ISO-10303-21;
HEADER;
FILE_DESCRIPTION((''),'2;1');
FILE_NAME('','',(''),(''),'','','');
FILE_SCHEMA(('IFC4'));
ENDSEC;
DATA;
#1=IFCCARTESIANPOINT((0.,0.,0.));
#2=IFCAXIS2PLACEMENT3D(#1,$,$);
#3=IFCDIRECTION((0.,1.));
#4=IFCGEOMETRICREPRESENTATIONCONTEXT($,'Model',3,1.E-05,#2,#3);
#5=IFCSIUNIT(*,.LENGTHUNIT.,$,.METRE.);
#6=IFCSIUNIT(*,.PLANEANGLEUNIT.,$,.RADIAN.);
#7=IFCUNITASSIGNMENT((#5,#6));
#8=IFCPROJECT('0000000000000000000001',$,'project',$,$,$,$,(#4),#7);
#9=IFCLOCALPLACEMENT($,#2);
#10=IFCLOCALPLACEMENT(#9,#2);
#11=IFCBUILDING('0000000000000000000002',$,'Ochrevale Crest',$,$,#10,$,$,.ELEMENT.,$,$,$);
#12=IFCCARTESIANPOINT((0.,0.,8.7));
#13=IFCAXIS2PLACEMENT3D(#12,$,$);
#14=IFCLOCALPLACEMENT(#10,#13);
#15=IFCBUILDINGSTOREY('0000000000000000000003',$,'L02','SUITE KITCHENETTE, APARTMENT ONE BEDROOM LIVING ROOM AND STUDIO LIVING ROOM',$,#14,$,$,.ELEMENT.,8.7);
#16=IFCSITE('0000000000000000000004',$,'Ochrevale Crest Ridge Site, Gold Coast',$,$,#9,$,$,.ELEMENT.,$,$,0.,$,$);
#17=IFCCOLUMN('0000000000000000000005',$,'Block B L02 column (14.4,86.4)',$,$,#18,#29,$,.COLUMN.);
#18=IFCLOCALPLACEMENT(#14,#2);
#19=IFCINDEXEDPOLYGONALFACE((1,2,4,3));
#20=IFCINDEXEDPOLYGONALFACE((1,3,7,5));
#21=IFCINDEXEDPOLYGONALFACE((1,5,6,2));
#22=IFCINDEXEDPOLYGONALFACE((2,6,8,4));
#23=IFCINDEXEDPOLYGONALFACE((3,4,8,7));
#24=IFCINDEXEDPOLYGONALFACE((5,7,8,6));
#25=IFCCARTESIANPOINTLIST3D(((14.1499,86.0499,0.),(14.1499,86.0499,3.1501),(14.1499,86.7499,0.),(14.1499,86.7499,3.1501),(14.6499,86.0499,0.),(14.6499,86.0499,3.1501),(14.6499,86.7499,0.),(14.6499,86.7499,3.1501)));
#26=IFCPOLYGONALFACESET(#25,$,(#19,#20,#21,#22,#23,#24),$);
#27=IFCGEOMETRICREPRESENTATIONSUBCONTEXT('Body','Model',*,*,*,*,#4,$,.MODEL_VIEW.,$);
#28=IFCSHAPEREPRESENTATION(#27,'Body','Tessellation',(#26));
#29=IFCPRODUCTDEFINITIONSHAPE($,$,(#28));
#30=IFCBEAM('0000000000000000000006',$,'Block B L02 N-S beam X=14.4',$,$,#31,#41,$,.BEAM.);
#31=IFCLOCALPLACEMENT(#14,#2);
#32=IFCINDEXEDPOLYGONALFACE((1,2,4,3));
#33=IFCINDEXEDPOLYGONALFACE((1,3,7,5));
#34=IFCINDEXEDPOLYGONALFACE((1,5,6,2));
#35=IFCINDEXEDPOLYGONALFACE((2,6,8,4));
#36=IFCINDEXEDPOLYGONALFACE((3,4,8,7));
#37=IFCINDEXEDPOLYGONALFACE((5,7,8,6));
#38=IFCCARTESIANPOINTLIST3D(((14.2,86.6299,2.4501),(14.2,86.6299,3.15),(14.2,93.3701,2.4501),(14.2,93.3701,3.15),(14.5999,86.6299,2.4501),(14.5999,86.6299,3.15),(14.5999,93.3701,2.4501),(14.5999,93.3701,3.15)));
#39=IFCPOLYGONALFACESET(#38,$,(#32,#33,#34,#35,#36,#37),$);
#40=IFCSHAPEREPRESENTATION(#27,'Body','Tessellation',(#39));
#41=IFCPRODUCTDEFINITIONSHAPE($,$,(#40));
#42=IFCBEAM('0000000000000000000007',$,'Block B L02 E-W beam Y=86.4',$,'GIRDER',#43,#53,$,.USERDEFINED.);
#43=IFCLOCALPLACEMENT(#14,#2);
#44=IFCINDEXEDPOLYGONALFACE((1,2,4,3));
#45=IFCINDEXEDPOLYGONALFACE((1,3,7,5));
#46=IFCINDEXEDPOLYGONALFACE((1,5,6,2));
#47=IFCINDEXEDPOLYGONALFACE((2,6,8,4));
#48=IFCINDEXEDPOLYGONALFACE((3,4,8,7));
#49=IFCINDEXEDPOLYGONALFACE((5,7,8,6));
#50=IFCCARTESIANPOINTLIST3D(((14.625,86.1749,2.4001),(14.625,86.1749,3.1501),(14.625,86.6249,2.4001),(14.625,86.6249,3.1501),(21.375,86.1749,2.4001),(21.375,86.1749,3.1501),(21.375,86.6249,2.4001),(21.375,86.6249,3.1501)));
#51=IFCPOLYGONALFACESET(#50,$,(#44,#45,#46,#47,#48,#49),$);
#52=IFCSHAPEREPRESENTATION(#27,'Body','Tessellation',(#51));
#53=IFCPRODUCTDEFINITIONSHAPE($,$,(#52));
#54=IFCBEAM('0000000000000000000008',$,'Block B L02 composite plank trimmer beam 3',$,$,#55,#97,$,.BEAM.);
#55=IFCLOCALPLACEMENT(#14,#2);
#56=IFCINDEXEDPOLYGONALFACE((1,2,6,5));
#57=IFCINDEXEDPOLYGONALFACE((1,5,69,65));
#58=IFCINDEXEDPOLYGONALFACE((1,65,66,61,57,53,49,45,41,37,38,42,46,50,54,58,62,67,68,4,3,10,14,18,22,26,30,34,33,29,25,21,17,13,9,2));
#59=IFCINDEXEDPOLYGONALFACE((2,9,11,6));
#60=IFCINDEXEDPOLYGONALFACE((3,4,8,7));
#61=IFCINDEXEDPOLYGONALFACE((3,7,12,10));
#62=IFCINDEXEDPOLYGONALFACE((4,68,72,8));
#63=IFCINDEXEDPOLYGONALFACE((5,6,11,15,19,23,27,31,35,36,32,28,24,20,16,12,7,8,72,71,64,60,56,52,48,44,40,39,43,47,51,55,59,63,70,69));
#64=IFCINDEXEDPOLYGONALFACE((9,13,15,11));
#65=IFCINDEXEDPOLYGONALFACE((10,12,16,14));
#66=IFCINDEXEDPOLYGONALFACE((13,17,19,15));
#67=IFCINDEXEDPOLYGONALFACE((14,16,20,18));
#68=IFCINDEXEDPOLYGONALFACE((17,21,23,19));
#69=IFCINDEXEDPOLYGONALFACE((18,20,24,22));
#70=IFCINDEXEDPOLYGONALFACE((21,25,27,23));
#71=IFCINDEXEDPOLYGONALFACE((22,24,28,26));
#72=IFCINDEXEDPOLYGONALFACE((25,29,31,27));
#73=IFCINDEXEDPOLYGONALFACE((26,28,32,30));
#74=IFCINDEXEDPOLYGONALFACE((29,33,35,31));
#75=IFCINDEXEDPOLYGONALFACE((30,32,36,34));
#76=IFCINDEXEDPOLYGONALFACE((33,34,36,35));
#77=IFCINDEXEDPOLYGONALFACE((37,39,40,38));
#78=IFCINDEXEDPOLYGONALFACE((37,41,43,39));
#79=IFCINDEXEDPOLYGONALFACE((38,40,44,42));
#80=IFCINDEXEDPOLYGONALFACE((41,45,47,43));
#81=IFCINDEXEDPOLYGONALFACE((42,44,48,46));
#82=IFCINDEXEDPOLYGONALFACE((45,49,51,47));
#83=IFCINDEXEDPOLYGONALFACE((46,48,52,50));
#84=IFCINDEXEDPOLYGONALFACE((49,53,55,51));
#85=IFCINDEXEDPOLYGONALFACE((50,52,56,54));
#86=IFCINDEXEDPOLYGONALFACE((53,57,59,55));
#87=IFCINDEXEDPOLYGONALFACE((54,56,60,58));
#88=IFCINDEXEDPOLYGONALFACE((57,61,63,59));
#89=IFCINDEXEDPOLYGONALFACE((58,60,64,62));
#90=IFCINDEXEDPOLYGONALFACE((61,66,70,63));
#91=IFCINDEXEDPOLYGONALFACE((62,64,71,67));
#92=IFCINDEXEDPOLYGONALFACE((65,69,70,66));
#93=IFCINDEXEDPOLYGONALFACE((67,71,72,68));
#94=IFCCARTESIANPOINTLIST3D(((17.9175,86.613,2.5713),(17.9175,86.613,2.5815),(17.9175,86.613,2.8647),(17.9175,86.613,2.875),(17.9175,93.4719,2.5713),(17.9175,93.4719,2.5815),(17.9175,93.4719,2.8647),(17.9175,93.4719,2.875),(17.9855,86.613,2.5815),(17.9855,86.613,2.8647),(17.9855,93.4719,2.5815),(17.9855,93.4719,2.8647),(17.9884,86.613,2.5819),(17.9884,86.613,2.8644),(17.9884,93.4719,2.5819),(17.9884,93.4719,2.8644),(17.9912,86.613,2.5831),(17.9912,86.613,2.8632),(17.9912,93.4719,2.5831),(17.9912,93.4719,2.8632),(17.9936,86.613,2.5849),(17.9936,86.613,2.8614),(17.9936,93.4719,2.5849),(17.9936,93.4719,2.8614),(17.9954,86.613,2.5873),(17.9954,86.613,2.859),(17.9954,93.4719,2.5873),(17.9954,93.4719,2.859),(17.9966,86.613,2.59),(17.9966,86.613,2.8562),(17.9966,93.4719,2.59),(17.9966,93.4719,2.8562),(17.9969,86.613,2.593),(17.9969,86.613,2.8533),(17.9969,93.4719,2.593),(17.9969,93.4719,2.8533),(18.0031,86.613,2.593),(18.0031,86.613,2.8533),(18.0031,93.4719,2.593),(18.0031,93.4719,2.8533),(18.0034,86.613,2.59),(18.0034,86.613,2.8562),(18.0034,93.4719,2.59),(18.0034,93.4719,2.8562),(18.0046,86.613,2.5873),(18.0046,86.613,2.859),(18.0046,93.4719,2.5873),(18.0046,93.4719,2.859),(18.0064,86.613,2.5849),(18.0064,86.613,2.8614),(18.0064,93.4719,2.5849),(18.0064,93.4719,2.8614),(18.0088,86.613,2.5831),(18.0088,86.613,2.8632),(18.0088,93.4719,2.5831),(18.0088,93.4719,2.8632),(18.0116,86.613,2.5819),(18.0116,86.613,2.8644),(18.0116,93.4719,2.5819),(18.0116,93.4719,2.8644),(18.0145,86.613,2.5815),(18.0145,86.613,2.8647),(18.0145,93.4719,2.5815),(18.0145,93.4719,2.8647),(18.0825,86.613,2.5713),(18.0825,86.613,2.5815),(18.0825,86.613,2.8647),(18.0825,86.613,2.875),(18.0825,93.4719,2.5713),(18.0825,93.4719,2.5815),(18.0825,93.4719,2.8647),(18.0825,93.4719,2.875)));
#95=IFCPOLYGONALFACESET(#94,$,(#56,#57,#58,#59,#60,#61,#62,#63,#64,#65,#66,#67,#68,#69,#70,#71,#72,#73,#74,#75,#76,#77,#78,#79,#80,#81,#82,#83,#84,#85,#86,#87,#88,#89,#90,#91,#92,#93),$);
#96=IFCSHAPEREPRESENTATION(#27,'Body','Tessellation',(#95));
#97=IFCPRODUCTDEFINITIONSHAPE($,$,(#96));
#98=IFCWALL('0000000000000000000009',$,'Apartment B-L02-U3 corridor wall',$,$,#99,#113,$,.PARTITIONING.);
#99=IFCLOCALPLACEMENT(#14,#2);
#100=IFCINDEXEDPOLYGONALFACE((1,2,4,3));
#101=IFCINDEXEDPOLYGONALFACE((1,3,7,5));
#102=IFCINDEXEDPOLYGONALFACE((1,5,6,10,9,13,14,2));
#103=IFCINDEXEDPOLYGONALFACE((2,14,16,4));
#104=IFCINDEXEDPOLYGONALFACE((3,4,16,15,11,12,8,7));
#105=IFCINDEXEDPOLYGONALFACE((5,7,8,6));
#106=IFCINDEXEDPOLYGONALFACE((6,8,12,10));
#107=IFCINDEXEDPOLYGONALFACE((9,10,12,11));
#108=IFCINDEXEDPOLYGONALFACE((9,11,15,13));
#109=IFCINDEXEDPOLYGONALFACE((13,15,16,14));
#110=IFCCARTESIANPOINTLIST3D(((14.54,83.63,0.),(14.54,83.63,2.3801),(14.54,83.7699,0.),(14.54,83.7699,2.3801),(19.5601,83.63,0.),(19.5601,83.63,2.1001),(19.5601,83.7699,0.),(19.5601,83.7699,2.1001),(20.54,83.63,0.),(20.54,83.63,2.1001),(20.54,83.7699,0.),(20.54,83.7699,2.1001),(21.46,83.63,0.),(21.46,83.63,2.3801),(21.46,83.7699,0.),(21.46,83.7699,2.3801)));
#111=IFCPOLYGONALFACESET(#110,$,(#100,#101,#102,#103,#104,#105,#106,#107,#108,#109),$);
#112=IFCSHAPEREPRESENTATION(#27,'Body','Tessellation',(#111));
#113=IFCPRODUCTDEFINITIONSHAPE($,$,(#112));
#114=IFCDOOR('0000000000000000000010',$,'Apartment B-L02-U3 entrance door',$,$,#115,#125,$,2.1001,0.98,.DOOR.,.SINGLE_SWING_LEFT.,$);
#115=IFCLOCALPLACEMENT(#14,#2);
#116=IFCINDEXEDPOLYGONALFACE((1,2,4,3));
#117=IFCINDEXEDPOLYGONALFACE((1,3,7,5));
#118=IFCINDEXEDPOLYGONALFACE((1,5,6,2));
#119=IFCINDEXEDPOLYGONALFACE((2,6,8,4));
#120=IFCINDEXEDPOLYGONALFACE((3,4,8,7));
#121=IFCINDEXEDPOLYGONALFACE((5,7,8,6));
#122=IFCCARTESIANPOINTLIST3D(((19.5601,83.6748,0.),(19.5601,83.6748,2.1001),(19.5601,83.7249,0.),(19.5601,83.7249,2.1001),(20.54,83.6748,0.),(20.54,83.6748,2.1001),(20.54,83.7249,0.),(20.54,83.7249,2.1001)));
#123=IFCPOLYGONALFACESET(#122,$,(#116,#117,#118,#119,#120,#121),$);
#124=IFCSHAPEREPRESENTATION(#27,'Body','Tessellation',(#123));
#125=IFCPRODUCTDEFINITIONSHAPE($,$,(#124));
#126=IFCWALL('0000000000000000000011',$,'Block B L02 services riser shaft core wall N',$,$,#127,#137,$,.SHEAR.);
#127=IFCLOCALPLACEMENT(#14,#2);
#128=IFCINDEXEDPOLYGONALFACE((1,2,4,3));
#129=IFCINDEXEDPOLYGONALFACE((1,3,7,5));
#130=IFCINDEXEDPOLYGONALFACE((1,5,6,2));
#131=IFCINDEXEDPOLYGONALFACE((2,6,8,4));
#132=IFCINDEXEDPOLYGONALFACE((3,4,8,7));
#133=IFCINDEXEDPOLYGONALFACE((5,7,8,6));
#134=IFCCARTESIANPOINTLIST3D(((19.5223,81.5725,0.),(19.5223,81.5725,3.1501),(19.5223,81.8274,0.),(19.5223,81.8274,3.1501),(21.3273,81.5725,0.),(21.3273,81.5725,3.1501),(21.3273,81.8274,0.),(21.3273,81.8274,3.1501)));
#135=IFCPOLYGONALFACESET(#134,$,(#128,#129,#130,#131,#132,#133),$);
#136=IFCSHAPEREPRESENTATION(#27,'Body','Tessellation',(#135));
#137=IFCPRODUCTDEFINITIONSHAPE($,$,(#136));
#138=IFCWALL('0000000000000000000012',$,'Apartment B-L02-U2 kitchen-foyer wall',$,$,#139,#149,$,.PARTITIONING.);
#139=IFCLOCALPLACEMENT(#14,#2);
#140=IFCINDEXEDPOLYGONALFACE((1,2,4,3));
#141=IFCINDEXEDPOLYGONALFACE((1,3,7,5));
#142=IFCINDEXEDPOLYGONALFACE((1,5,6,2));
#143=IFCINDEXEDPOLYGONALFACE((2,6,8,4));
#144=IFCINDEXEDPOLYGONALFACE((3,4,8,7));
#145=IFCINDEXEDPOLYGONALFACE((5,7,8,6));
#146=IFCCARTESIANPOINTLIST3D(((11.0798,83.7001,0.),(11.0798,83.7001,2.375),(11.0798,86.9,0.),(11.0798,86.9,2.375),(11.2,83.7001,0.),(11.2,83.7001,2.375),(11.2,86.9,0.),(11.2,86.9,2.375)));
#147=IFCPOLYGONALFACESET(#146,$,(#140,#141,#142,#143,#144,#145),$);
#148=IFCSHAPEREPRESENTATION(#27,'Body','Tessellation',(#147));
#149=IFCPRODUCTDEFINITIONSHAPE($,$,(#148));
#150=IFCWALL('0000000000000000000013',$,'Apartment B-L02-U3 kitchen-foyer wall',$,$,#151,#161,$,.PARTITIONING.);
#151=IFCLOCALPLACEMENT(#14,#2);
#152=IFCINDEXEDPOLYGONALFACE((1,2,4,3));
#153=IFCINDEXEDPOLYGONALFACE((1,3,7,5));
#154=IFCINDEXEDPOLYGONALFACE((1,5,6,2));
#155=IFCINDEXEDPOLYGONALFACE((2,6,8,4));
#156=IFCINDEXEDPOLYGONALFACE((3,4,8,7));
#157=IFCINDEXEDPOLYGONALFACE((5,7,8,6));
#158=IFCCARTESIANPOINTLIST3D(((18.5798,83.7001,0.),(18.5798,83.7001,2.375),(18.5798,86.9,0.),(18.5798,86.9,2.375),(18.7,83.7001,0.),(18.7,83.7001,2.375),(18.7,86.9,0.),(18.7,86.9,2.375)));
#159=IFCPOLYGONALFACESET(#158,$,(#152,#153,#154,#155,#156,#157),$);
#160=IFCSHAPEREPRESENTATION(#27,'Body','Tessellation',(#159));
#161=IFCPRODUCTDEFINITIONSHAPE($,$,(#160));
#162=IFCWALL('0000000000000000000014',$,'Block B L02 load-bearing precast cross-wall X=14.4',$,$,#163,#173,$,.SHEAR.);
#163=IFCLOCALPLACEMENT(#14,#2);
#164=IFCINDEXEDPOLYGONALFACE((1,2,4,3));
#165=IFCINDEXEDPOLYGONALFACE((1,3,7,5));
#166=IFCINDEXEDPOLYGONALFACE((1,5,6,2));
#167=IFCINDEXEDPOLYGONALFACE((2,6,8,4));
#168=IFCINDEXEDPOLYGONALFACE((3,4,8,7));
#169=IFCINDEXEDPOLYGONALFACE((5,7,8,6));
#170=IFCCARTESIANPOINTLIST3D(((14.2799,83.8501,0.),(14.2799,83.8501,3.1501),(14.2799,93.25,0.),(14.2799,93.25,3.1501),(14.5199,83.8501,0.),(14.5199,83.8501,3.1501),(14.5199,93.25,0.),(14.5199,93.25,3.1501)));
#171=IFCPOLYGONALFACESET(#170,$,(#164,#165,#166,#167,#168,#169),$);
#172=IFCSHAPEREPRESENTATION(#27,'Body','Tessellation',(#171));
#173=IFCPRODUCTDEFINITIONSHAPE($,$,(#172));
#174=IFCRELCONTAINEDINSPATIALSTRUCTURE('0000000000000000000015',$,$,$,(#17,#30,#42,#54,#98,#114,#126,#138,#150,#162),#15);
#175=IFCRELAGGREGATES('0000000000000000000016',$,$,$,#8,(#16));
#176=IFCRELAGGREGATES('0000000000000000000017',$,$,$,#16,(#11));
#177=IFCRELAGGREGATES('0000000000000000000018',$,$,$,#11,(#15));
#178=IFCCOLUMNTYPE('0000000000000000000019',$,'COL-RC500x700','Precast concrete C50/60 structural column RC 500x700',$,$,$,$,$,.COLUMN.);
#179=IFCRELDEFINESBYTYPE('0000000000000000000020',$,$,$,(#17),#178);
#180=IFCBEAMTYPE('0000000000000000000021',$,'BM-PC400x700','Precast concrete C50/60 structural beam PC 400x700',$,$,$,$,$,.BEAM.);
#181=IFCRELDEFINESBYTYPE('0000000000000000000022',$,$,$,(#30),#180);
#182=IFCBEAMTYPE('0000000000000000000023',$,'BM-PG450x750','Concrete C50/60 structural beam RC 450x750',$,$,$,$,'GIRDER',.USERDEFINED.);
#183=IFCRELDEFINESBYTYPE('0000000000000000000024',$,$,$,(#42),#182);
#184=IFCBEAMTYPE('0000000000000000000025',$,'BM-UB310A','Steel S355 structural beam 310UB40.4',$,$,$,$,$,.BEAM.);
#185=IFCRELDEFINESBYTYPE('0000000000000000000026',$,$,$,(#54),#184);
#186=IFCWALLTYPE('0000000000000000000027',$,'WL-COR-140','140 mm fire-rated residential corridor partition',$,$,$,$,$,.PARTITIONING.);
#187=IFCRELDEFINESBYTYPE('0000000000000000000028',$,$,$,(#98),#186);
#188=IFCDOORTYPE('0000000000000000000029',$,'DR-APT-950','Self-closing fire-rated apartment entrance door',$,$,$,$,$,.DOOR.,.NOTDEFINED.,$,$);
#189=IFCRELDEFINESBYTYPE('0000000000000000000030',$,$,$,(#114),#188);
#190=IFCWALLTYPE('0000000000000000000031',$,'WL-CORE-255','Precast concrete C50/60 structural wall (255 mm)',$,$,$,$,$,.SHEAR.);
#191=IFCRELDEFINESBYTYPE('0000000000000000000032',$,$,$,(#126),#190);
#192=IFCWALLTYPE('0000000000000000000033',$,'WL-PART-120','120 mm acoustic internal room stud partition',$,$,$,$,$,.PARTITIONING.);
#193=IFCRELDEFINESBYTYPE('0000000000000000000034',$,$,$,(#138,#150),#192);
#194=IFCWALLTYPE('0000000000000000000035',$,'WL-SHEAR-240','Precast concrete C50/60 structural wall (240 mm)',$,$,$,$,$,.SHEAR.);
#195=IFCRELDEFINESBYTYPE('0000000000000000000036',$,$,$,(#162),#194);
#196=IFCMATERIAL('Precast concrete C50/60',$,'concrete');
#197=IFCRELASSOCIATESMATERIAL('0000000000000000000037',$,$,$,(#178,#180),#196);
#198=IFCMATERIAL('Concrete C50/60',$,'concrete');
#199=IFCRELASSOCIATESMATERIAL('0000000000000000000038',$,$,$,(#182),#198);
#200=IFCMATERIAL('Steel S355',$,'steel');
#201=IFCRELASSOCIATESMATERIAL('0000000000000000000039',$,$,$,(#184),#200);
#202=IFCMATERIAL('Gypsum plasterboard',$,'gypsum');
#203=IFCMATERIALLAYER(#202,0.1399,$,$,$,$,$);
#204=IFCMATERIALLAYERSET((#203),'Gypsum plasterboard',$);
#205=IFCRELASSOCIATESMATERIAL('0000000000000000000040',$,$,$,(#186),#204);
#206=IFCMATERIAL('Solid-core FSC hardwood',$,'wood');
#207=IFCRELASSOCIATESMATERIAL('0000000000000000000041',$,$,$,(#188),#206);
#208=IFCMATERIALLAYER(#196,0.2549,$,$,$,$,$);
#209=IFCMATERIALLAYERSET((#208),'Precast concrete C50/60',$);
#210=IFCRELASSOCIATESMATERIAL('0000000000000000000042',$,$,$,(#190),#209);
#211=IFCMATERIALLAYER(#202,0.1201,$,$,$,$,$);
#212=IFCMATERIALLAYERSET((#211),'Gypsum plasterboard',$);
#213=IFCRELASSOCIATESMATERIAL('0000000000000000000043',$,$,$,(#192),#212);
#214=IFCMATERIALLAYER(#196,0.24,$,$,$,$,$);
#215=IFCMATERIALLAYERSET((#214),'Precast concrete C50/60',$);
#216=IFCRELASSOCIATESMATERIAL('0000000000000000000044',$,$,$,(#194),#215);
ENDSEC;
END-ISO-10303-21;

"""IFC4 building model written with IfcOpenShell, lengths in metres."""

from ifc_helpers import new_model, si_unit, direction, frame, frame_2d, origin, origin_2d, place, context, subcontext, project, spatial, rectangle, i_section, extrude, material, layer, layer_set, material_profile, profile_set, type_object, element, fill, save


model = new_model("IFC4")

# Units and contexts
model_context = context("Model", 3, precision=1e-05, world=origin(), true_north=direction((0.0, 1.0)))
body_context = subcontext(model_context, "Body", "Model", "MODEL_VIEW")
ifc_project = project(units=[si_unit("LENGTHUNIT", "METRE"), si_unit("PLANEANGLEUNIT", "RADIAN")], contexts=[model_context])

# Site, building, storey
site_placement = place(None, origin())
site = spatial("IfcSite", under=ifc_project, at=site_placement, Name="Ochrevale Crest Ridge Site, Gold Coast", CompositionType="ELEMENT", RefElevation=0.0)
building_placement = place(site_placement, origin())
building = spatial("IfcBuilding", under=site, at=building_placement, Name="Ochrevale Crest", CompositionType="ELEMENT")
storey_placement = place(building_placement, frame((0.0, 0.0, 8.7)))
storey = spatial("IfcBuildingStorey", under=building, at=storey_placement, Name="L02", Description="SUITE KITCHENETTE, APARTMENT ONE BEDROOM LIVING ROOM AND STUDIO LIVING ROOM", CompositionType="ELEMENT", Elevation=8.7)

# Column
ifc_material_1 = material(Name="Precast concrete C50/60", Category="concrete")
ifc_material_profile_1 = material_profile(ifc_material_1, rectangle(XDim=0.5, YDim=0.7, at=origin_2d()), Name="RC 500x700")
ifc_profile_set_1 = profile_set([ifc_material_profile_1], Name="Precast concrete C50/60")
column_type = type_object("IfcColumnType", Name="COL-RC500x700", Description="Precast concrete C50/60 structural column RC 500x700", PredefinedType="COLUMN", material=ifc_profile_set_1)
column_placement = place(storey_placement, frame((14.3999, 86.3999, 0.0), z_axis=(0.0, 0.0, 1.0), x_axis=(1.0, 0.0, 0.0)))
element("IfcColumn", 1, at=column_placement, inside=storey, type_object=column_type, Name="Block B L02 column (14.4,86.4)", PredefinedType="COLUMN", context=body_context, shape_type="SweptSolid", body=[
    extrude(rectangle(XDim=0.5, YDim=0.7, at=origin_2d()), origin(), (0.0, 0.0, 1.0), 3.1501),
])

# Beams
ifc_material_profile_2 = material_profile(ifc_material_1, rectangle(XDim=0.3999, YDim=0.7, at=origin_2d()), Name="PC 400x700")
ifc_profile_set_2 = profile_set([ifc_material_profile_2], Name="Precast concrete C50/60")
beam_type_1 = type_object("IfcBeamType", Name="BM-PC400x700", Description="Precast concrete C50/60 structural beam PC 400x700", PredefinedType="BEAM", material=ifc_profile_set_2)
beam_1_placement = place(storey_placement, frame((14.3999, 86.6299, 2.8), z_axis=(0.0, 1.0, 0.0), x_axis=(-1.0, 0.0, 0.0)))
element("IfcBeam", 2, at=beam_1_placement, inside=storey, type_object=beam_type_1, Name="Block B L02 N-S beam X=14.4", PredefinedType="BEAM", context=body_context, shape_type="SweptSolid", body=[
    extrude(rectangle(XDim=0.3999, YDim=0.7, at=origin_2d()), origin(), (0.0, 0.0, 1.0), 6.7402),
])
ifc_material_2 = material(Name="Concrete C50/60", Category="concrete")
ifc_material_profile_3 = material_profile(ifc_material_2, rectangle(XDim=0.45, YDim=0.75, at=origin_2d()), Name="RC 450x750")
ifc_profile_set_3 = profile_set([ifc_material_profile_3], Name="Concrete C50/60")
beam_type_2 = type_object("IfcBeamType", Name="BM-PG450x750", Description="Concrete C50/60 structural beam RC 450x750", ElementType="GIRDER", PredefinedType="USERDEFINED", material=ifc_profile_set_3)
beam_2_placement = place(storey_placement, frame((14.625, 86.3999, 2.7751), z_axis=(1.0, 0.0, 0.0), x_axis=(0.0, 1.0, 0.0)))
element("IfcBeam", 3, at=beam_2_placement, inside=storey, type_object=beam_type_2, Name="Block B L02 E-W beam Y=86.4", ObjectType="GIRDER", PredefinedType="USERDEFINED", context=body_context, shape_type="SweptSolid", body=[
    extrude(rectangle(XDim=0.45, YDim=0.75, at=origin_2d()), origin(), (0.0, 0.0, 1.0), 6.75),
])
ifc_material_3 = material(Name="Steel S355", Category="steel")
ifc_material_profile_4 = material_profile(ifc_material_3, i_section(OverallWidth=0.165, OverallDepth=0.3037, WebThickness=0.0061, FlangeThickness=0.0103, FilletRadius=0.0115, at=origin_2d()), Name="310UB40.4")
ifc_profile_set_4 = profile_set([ifc_material_profile_4], Name="Steel S355")
beam_type_3 = type_object("IfcBeamType", Name="BM-UB310A", Description="Steel S355 structural beam 310UB40.4", PredefinedType="BEAM", material=ifc_profile_set_4)
beam_3_placement = place(storey_placement, frame((18.0, 86.613, 2.7231), z_axis=(0.0, 1.0, 0.0), x_axis=(-1.0, 0.0, 0.0)))
element("IfcBeam", 4, at=beam_3_placement, inside=storey, type_object=beam_type_3, Name="Block B L02 composite plank trimmer beam 3", PredefinedType="BEAM", context=body_context, shape_type="SweptSolid", body=[
    extrude(i_section(OverallWidth=0.165, OverallDepth=0.3037, WebThickness=0.0061, FlangeThickness=0.0103, FilletRadius=0.0115, at=origin_2d()), origin(), (0.0, 0.0, 1.0), 6.8589),
])

# Wall, opening, door
ifc_material_4 = material(Name="Gypsum plasterboard", Category="gypsum")
ifc_layer_1 = layer(ifc_material_4, 0.1399)
ifc_layer_set_1 = layer_set([ifc_layer_1], Name="Gypsum plasterboard")
wall_type_1 = type_object("IfcWallType", Name="WL-COR-140", Description="140 mm fire-rated residential corridor partition", PredefinedType="PARTITIONING", material=ifc_layer_set_1)
wall_1_placement = place(storey_placement, frame((14.54, 83.7, 0.0), z_axis=(0.0, 0.0, 1.0), x_axis=(1.0, 0.0, 0.0)))
wall_1 = element("IfcWall", 5, at=wall_1_placement, inside=storey, type_object=wall_type_1, Name="Apartment B-L02-U3 corridor wall", PredefinedType="PARTITIONING", context=body_context, shape_type="SweptSolid", body=[
    extrude(rectangle(XDim=6.9199, YDim=0.1399, at=frame_2d((3.46, 0.0))), origin(), (0.0, 0.0, 1.0), 2.3801),
])
opening_1_placement = place(wall_1_placement, frame((5.02, 0.0, 0.0)))
opening_1 = element("IfcOpeningElement", 6, at=opening_1_placement, cuts=wall_1, PredefinedType="OPENING", context=body_context, shape_type="SweptSolid", body=[
    extrude(rectangle(XDim=0.98, YDim=2.1001, at=frame_2d((0.49, 1.05))), frame((0.0, 0.0801, 0.0), z_axis=(0.0, -1.0, 0.0), x_axis=(1.0, 0.0, 0.0)), (0.0, 0.0, 1.0), 0.1599),
])
ifc_material_5 = material(Name="Solid-core FSC hardwood", Category="wood")
door_type_1 = type_object("IfcDoorType", Name="DR-APT-950", Description="Self-closing fire-rated apartment entrance door", OperationType="NOTDEFINED", PredefinedType="DOOR", material=ifc_material_5)
door_1_placement = place(opening_1_placement, origin())
door_1 = element("IfcDoor", 7, at=door_1_placement, inside=storey, type_object=door_type_1, Name="Apartment B-L02-U3 entrance door", OperationType="SINGLE_SWING_LEFT", OverallHeight=2.1001, OverallWidth=0.98, PredefinedType="DOOR", context=body_context, shape_type="SweptSolid", body=[
    extrude(rectangle(XDim=0.98, YDim=2.1001, at=frame_2d((0.49, 1.05))), frame((0.0, 0.0249, 0.0), z_axis=(0.0, -1.0, 0.0), x_axis=(1.0, 0.0, 0.0)), (0.0, 0.0, 1.0), 0.05),
])
fill(opening_1, door_1)
ifc_layer_2 = layer(ifc_material_1, 0.2549)
ifc_layer_set_2 = layer_set([ifc_layer_2], Name="Precast concrete C50/60")
wall_type_2 = type_object("IfcWallType", Name="WL-CORE-255", Description="Precast concrete C50/60 structural wall (255 mm)", PredefinedType="SHEAR", material=ifc_layer_set_2)

# Walls
wall_2_placement = place(storey_placement, frame((19.5225, 81.7, 0.0), z_axis=(0.0, 0.0, 1.0), x_axis=(1.0, 0.0, 0.0)))
element("IfcWall", 8, at=wall_2_placement, inside=storey, type_object=wall_type_2, Name="Block B L02 services riser shaft core wall N", PredefinedType="SHEAR", context=body_context, shape_type="SweptSolid", body=[
    extrude(rectangle(XDim=1.8049, YDim=0.2549, at=frame_2d((0.9023, 0.0))), origin(), (0.0, 0.0, 1.0), 3.1501),
])
ifc_layer_3 = layer(ifc_material_4, 0.1201)
ifc_layer_set_3 = layer_set([ifc_layer_3], Name="Gypsum plasterboard")
wall_type_3 = type_object("IfcWallType", Name="WL-PART-120", Description="120 mm acoustic internal room stud partition", PredefinedType="PARTITIONING", material=ifc_layer_set_3)
for number, where, z_axis, x_axis, name in (
    (9, (11.1399, 83.7, 0.0), (0.0, 0.0, 1.0), (0.0, 1.0, 0.0), "Apartment B-L02-U2 kitchen-foyer wall"),
    (10, (18.6399, 83.7, 0.0), (0.0, 0.0, 1.0), (0.0, 1.0, 0.0), "Apartment B-L02-U3 kitchen-foyer wall"),
):
    element("IfcWall", number, at=place(storey_placement, frame(where, z_axis=z_axis, x_axis=x_axis)), inside=storey, type_object=wall_type_3, Name=name, PredefinedType="PARTITIONING", context=body_context, shape_type="SweptSolid", body=[
        extrude(rectangle(XDim=3.2, YDim=0.1201, at=frame_2d((1.6001, 0.0))), origin(), (0.0, 0.0, 1.0), 2.375),
    ])
ifc_layer_4 = layer(ifc_material_1, 0.24)
ifc_layer_set_4 = layer_set([ifc_layer_4], Name="Precast concrete C50/60")
wall_type_4 = type_object("IfcWallType", Name="WL-SHEAR-240", Description="Precast concrete C50/60 structural wall (240 mm)", PredefinedType="SHEAR", material=ifc_layer_set_4)
wall_3_placement = place(storey_placement, frame((14.3999, 83.8501, 0.0), z_axis=(0.0, 0.0, 1.0), x_axis=(0.0, 1.0, 0.0)))
element("IfcWall", 11, at=wall_3_placement, inside=storey, type_object=wall_type_4, Name="Block B L02 load-bearing precast cross-wall X=14.4", PredefinedType="SHEAR", context=body_context, shape_type="SweptSolid", body=[
    extrude(rectangle(XDim=9.3999, YDim=0.24, at=frame_2d((4.7, 0.0))), origin(), (0.0, 0.0, 1.0), 3.1501),
])

save(model, "model.ifc")
